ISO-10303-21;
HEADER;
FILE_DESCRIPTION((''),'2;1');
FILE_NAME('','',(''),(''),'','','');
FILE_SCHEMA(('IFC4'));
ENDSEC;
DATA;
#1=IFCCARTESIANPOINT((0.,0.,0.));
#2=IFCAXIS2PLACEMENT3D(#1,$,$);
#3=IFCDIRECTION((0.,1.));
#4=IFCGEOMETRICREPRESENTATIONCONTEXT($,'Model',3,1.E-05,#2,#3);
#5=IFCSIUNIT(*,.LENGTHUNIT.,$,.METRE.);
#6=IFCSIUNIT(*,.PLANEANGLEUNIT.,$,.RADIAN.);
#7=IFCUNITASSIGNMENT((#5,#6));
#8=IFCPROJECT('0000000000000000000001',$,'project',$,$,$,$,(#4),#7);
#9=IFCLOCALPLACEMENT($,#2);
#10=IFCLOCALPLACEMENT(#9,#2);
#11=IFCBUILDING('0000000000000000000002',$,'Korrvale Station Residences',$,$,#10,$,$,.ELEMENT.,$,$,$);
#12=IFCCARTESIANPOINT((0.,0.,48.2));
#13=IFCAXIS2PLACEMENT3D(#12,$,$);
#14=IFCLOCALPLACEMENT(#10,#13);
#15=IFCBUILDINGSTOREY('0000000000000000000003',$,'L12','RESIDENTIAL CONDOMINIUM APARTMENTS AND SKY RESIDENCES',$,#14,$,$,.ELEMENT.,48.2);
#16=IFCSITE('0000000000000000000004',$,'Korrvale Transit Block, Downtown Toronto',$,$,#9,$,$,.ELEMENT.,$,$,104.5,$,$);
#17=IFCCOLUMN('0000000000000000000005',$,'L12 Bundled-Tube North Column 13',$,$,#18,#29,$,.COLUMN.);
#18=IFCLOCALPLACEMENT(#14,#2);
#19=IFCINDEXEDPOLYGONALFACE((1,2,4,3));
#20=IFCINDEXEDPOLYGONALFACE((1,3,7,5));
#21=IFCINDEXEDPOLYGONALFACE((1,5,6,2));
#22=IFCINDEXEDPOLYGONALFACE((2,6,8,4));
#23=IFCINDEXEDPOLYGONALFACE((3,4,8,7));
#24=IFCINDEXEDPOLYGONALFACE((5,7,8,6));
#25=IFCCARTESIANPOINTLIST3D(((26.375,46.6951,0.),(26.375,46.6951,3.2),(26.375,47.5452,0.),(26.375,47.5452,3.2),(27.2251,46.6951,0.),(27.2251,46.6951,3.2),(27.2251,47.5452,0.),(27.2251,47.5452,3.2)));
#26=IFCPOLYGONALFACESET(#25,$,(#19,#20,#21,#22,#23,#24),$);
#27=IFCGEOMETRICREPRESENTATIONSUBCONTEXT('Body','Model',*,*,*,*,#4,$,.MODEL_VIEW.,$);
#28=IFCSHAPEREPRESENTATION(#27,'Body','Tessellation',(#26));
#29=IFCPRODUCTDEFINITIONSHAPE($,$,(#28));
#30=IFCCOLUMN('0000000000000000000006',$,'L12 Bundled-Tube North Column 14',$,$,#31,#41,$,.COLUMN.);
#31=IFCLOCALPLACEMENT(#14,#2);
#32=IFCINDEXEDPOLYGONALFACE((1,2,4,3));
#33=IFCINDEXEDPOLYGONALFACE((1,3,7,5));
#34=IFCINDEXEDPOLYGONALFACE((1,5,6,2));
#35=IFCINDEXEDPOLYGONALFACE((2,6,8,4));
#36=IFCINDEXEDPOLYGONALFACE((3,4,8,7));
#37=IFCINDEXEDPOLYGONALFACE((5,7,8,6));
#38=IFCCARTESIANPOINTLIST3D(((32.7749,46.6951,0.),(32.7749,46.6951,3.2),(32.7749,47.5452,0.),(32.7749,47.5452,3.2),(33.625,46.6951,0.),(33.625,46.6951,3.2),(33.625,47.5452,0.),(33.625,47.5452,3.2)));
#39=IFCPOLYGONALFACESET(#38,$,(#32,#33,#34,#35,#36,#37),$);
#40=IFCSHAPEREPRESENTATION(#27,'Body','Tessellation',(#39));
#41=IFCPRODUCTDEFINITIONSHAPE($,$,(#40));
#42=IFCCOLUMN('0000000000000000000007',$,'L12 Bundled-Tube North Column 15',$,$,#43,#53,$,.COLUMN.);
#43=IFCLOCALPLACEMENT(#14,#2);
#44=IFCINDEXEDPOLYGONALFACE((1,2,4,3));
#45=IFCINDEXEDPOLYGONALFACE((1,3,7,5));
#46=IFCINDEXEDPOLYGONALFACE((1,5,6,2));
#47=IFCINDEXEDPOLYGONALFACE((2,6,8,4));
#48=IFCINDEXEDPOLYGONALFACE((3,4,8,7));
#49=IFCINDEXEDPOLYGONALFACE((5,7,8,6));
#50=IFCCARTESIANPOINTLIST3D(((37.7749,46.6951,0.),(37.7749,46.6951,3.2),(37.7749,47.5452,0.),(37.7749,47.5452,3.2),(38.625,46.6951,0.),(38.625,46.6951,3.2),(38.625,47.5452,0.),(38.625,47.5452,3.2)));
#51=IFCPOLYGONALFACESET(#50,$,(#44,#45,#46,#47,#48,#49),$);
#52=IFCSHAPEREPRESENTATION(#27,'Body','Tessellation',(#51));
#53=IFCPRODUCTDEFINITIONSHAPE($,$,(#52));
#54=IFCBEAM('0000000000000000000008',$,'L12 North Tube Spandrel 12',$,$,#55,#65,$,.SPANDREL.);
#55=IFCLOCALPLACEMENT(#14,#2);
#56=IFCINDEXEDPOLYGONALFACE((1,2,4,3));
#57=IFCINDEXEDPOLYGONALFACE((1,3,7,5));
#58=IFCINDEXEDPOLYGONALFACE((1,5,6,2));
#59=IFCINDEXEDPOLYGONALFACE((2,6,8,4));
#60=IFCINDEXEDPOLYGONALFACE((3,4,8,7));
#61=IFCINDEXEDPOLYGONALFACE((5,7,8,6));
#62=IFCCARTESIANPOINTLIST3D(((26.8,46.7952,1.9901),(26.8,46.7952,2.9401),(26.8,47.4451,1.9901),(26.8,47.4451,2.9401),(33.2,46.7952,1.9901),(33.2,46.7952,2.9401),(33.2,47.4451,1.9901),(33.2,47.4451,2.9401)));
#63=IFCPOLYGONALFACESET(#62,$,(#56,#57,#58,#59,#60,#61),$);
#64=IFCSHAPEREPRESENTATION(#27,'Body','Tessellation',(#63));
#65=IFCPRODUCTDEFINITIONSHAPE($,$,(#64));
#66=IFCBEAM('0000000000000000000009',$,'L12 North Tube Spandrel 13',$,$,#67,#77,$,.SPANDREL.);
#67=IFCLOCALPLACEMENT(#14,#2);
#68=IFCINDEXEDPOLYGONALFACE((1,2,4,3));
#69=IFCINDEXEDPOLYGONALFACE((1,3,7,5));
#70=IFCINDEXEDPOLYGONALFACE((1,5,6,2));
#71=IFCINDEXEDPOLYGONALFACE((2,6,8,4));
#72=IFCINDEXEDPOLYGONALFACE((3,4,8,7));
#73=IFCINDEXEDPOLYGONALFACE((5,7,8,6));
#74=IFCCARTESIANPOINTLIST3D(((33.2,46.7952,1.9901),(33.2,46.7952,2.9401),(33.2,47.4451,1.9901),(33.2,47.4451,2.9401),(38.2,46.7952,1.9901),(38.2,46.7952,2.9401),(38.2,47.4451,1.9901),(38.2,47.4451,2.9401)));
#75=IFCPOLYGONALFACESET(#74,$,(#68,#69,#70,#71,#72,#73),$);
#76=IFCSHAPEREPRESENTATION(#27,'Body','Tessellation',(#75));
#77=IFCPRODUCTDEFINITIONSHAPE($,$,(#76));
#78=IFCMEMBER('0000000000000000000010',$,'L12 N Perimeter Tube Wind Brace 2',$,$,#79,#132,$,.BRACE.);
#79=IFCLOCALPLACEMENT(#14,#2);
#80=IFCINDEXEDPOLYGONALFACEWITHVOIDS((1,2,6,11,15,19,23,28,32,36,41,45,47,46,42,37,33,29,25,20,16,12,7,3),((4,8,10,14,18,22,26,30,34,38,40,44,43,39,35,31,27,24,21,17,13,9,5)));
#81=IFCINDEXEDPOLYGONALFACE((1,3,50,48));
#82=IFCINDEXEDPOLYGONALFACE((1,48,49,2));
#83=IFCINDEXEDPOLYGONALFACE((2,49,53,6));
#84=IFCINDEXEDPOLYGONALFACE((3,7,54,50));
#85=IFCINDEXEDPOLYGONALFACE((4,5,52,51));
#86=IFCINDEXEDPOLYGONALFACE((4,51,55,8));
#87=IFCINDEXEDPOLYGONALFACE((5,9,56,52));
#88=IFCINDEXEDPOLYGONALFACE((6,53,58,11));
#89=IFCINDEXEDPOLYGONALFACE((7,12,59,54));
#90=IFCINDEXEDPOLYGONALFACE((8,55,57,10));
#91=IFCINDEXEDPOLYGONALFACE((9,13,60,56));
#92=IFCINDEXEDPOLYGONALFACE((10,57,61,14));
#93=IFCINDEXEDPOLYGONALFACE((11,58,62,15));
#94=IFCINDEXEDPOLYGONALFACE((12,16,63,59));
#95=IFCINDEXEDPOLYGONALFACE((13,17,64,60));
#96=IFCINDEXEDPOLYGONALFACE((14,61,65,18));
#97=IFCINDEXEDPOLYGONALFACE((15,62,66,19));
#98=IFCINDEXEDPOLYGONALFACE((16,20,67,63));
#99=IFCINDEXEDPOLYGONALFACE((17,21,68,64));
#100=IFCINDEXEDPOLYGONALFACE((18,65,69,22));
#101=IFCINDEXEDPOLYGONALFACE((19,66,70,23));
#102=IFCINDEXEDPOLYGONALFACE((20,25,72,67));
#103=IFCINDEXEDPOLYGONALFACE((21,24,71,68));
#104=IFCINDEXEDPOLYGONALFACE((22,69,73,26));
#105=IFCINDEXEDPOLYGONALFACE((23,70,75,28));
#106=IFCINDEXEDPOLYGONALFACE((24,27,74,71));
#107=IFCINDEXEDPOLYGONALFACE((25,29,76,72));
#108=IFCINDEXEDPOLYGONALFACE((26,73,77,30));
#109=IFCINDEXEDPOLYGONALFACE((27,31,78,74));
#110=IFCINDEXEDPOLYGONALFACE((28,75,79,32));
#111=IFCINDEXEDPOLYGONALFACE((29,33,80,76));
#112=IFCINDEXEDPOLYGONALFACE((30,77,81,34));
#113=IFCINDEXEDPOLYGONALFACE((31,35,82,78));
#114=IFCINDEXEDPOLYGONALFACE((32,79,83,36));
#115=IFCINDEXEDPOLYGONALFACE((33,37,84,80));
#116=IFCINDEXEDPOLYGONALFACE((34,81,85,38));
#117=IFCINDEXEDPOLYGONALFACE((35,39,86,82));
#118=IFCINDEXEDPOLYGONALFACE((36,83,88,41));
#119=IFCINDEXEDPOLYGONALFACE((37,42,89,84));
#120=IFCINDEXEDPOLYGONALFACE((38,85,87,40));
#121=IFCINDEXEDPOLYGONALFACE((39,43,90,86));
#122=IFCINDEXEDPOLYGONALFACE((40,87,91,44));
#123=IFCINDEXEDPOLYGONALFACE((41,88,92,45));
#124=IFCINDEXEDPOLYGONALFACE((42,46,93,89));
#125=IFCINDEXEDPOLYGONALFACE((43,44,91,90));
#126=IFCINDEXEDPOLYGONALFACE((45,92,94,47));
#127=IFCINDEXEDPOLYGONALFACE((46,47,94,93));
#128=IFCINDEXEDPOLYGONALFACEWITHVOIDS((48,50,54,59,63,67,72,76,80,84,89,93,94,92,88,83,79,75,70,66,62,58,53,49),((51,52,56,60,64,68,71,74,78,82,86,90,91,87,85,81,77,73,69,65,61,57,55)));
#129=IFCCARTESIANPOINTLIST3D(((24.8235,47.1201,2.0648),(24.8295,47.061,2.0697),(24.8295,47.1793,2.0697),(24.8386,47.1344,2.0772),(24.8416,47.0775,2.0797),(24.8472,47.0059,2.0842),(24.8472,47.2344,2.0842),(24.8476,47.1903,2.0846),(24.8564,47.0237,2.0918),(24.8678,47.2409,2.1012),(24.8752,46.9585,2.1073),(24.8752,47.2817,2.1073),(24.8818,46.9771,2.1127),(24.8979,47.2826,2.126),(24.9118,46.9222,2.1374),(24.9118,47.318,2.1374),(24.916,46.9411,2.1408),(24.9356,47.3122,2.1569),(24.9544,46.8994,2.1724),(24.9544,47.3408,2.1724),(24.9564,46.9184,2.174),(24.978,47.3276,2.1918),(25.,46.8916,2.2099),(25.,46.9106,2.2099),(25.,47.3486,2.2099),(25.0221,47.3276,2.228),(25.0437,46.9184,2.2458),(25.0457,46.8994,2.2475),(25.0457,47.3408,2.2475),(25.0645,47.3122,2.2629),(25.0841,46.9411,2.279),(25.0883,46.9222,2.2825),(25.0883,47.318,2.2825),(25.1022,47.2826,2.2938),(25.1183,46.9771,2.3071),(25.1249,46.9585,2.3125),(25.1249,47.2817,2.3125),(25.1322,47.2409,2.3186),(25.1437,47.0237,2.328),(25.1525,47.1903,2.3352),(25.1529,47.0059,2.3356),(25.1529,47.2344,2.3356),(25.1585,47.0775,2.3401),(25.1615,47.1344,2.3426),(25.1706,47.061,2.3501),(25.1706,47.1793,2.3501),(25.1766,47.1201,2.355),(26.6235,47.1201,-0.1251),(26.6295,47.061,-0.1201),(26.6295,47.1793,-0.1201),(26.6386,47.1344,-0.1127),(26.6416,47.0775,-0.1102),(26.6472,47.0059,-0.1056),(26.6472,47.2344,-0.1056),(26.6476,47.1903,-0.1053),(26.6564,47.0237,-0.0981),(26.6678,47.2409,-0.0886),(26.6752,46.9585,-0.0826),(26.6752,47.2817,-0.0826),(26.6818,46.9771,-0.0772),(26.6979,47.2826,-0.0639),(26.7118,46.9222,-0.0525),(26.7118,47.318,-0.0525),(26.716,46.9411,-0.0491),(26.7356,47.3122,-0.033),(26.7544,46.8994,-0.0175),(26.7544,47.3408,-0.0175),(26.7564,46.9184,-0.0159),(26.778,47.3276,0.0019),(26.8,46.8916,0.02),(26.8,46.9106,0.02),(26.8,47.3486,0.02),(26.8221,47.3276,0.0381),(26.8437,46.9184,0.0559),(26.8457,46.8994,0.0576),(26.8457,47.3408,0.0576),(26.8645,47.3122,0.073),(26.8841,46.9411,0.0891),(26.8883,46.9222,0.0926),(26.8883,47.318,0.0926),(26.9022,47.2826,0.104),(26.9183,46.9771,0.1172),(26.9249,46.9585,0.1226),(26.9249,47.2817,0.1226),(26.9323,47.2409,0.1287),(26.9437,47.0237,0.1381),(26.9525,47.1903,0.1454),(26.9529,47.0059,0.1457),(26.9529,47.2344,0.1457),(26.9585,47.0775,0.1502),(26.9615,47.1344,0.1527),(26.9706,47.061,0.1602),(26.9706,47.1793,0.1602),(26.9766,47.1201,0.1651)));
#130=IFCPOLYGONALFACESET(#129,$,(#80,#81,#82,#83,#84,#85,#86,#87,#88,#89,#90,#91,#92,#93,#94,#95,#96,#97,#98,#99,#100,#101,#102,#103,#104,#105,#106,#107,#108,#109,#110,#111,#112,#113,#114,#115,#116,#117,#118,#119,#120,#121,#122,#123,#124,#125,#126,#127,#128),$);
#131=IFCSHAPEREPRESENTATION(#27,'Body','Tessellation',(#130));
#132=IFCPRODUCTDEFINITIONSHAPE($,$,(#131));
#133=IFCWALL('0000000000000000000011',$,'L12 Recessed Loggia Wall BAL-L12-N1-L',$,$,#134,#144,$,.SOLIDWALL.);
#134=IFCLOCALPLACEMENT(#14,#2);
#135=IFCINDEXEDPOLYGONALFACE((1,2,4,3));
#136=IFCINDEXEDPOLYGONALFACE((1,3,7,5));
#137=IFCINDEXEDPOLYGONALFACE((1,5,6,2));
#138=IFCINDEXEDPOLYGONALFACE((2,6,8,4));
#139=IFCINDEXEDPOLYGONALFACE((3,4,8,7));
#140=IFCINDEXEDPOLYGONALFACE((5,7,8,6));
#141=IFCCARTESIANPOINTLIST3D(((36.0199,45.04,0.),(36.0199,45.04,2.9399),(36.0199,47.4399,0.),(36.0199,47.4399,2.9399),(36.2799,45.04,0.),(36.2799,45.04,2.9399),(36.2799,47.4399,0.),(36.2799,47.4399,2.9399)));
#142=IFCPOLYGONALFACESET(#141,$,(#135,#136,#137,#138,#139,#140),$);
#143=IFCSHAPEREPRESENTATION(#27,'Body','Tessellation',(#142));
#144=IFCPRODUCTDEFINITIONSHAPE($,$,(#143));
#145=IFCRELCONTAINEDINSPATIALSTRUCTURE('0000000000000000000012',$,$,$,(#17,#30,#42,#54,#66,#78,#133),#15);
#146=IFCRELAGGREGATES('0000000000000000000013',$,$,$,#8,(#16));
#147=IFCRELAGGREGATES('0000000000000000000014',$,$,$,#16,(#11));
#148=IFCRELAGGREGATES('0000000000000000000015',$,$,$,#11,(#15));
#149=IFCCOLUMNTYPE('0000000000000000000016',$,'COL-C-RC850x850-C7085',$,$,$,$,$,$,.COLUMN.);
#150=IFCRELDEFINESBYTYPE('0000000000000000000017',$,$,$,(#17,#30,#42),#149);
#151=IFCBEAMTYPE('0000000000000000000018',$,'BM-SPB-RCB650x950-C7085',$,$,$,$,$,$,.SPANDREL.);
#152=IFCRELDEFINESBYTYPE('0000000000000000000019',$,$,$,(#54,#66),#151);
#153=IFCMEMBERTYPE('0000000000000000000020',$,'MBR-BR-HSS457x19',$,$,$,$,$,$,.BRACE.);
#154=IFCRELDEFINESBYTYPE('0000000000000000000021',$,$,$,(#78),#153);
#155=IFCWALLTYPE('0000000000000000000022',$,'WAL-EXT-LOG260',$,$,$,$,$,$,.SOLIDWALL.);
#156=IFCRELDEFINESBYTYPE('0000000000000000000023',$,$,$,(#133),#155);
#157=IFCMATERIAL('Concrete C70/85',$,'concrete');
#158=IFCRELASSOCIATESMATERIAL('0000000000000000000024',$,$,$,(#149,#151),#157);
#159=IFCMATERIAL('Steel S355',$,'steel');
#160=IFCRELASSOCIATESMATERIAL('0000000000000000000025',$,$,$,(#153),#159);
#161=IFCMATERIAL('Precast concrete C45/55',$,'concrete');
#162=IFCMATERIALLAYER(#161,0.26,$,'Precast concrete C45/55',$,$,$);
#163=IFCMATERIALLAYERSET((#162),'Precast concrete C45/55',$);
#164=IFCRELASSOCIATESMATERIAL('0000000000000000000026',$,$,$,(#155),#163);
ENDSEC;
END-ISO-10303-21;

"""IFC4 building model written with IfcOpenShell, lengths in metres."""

from ifc_helpers import new_model, si_unit, direction, frame, frame_2d, origin, origin_2d, place, context, subcontext, project, spatial, rectangle, hollow_circle, extrude, material, layer, layer_set, material_profile, profile_set, type_object, element, save


model = new_model("IFC4")

# Units and contexts
model_context = context("Model", 3, precision=1e-05, world=origin(), true_north=direction((0.0, 1.0)))
body_context = subcontext(model_context, "Body", "Model", "MODEL_VIEW")
ifc_project = project(units=[si_unit("LENGTHUNIT", "METRE"), si_unit("PLANEANGLEUNIT", "RADIAN")], contexts=[model_context])

# Site, building, storey
site_placement = place(None, origin())
site = spatial("IfcSite", under=ifc_project, at=site_placement, Name="Korrvale Transit Block, Downtown Toronto", CompositionType="ELEMENT", RefElevation=104.5)
building_placement = place(site_placement, origin())
building = spatial("IfcBuilding", under=site, at=building_placement, Name="Korrvale Station Residences", CompositionType="ELEMENT")
storey_placement = place(building_placement, frame((0.0, 0.0, 48.2)))
storey = spatial("IfcBuildingStorey", under=building, at=storey_placement, Name="L12", Description="RESIDENTIAL CONDOMINIUM APARTMENTS AND SKY RESIDENCES", CompositionType="ELEMENT", Elevation=48.2)

# Columns
ifc_material_1 = material(Name="Concrete C70/85", Category="concrete")
ifc_material_profile_1 = material_profile(ifc_material_1, rectangle(XDim=0.8501, YDim=0.8501, at=origin_2d()), Name="RC850x850")
ifc_profile_set_1 = profile_set([ifc_material_profile_1], Name="Concrete C70/85")
column_type = type_object("IfcColumnType", Name="COL-C-RC850x850-C7085", PredefinedType="COLUMN", material=ifc_profile_set_1)
for number, where, z_axis, x_axis, name in (
    (1, (26.8, 47.1201, 0.0), (0.0, 0.0, 1.0), (1.0, 0.0, 0.0), "L12 Bundled-Tube North Column 13"),
    (2, (33.2, 47.1201, 0.0), (0.0, 0.0, 1.0), (1.0, 0.0, 0.0), "L12 Bundled-Tube North Column 14"),
    (3, (38.2, 47.1201, 0.0), (0.0, 0.0, 1.0), (1.0, 0.0, 0.0), "L12 Bundled-Tube North Column 15"),
):
    element("IfcColumn", number, at=place(storey_placement, frame(where, z_axis=z_axis, x_axis=x_axis)), inside=storey, type_object=column_type, Name=name, PredefinedType="COLUMN", context=body_context, shape_type="SweptSolid", body=[
        extrude(rectangle(XDim=0.8501, YDim=0.8501, at=origin_2d()), origin(), (0.0, 0.0, 1.0), 3.2),
    ])

# Beams
ifc_material_profile_2 = material_profile(ifc_material_1, rectangle(XDim=0.6499, YDim=0.95, at=origin_2d()), Name="RCB650x950")
ifc_profile_set_2 = profile_set([ifc_material_profile_2], Name="Concrete C70/85")
beam_type = type_object("IfcBeamType", Name="BM-SPB-RCB650x950-C7085", PredefinedType="SPANDREL", material=ifc_profile_set_2)
beam_1_placement = place(storey_placement, frame((26.8, 47.1201, 2.4651), z_axis=(1.0, 0.0, 0.0), x_axis=(0.0, 1.0, 0.0)))
element("IfcBeam", 4, at=beam_1_placement, inside=storey, type_object=beam_type, Name="L12 North Tube Spandrel 12", PredefinedType="SPANDREL", context=body_context, shape_type="SweptSolid", body=[
    extrude(rectangle(XDim=0.6499, YDim=0.95, at=origin_2d()), origin(), (0.0, 0.0, 1.0), 6.3999),
])
beam_2_placement = place(storey_placement, frame((33.2, 47.1201, 2.4651), z_axis=(1.0, 0.0, 0.0), x_axis=(0.0, 1.0, 0.0)))
element("IfcBeam", 5, at=beam_2_placement, inside=storey, type_object=beam_type, Name="L12 North Tube Spandrel 13", PredefinedType="SPANDREL", context=body_context, shape_type="SweptSolid", body=[
    extrude(rectangle(XDim=0.6499, YDim=0.95, at=origin_2d()), origin(), (0.0, 0.0, 1.0), 5.0),
])

# Member
ifc_material_2 = material(Name="Steel S355", Category="steel")
ifc_material_profile_3 = material_profile(ifc_material_2, hollow_circle(Radius=0.2285, WallThickness=0.019, at=origin_2d()), Name="HSS457x19")
ifc_profile_set_3 = profile_set([ifc_material_profile_3], Name="Steel S355")
member_type = type_object("IfcMemberType", Name="MBR-BR-HSS457x19", PredefinedType="BRACE", material=ifc_profile_set_3)
member_placement = place(storey_placement, frame((26.8, 47.1201, 0.02), z_axis=(-0.634985, 0.0, 0.772524), x_axis=(0.0, -1.0, 0.0)))
element("IfcMember", 6, at=member_placement, inside=storey, type_object=member_type, Name="L12 N Perimeter Tube Wind Brace 2", PredefinedType="BRACE", context=body_context, shape_type="SweptSolid", body=[
    extrude(hollow_circle(Radius=0.2285, WallThickness=0.019, at=origin_2d()), origin(), (0.0, 0.0, 1.0), 2.8347),
])

# Wall
ifc_material_3 = material(Name="Precast concrete C45/55", Category="concrete")
ifc_layer_1 = layer(ifc_material_3, 0.26, Name="Precast concrete C45/55")
ifc_layer_set_1 = layer_set([ifc_layer_1], Name="Precast concrete C45/55")
wall_type = type_object("IfcWallType", Name="WAL-EXT-LOG260", PredefinedType="SOLIDWALL", material=ifc_layer_set_1)
wall_1_placement = place(storey_placement, frame((36.1499, 47.4399, 0.0), z_axis=(0.0, 0.0, 1.0), x_axis=(0.0, -1.0, 0.0)))
element("IfcWall", 7, at=wall_1_placement, inside=storey, type_object=wall_type, Name="L12 Recessed Loggia Wall BAL-L12-N1-L", PredefinedType="SOLIDWALL", context=body_context, shape_type="SweptSolid", body=[
    extrude(rectangle(XDim=2.3999, YDim=0.26, at=frame_2d((1.2, 0.0))), origin(), (0.0, 0.0, 1.0), 2.9399),
])

save(model, "model.ifc")
